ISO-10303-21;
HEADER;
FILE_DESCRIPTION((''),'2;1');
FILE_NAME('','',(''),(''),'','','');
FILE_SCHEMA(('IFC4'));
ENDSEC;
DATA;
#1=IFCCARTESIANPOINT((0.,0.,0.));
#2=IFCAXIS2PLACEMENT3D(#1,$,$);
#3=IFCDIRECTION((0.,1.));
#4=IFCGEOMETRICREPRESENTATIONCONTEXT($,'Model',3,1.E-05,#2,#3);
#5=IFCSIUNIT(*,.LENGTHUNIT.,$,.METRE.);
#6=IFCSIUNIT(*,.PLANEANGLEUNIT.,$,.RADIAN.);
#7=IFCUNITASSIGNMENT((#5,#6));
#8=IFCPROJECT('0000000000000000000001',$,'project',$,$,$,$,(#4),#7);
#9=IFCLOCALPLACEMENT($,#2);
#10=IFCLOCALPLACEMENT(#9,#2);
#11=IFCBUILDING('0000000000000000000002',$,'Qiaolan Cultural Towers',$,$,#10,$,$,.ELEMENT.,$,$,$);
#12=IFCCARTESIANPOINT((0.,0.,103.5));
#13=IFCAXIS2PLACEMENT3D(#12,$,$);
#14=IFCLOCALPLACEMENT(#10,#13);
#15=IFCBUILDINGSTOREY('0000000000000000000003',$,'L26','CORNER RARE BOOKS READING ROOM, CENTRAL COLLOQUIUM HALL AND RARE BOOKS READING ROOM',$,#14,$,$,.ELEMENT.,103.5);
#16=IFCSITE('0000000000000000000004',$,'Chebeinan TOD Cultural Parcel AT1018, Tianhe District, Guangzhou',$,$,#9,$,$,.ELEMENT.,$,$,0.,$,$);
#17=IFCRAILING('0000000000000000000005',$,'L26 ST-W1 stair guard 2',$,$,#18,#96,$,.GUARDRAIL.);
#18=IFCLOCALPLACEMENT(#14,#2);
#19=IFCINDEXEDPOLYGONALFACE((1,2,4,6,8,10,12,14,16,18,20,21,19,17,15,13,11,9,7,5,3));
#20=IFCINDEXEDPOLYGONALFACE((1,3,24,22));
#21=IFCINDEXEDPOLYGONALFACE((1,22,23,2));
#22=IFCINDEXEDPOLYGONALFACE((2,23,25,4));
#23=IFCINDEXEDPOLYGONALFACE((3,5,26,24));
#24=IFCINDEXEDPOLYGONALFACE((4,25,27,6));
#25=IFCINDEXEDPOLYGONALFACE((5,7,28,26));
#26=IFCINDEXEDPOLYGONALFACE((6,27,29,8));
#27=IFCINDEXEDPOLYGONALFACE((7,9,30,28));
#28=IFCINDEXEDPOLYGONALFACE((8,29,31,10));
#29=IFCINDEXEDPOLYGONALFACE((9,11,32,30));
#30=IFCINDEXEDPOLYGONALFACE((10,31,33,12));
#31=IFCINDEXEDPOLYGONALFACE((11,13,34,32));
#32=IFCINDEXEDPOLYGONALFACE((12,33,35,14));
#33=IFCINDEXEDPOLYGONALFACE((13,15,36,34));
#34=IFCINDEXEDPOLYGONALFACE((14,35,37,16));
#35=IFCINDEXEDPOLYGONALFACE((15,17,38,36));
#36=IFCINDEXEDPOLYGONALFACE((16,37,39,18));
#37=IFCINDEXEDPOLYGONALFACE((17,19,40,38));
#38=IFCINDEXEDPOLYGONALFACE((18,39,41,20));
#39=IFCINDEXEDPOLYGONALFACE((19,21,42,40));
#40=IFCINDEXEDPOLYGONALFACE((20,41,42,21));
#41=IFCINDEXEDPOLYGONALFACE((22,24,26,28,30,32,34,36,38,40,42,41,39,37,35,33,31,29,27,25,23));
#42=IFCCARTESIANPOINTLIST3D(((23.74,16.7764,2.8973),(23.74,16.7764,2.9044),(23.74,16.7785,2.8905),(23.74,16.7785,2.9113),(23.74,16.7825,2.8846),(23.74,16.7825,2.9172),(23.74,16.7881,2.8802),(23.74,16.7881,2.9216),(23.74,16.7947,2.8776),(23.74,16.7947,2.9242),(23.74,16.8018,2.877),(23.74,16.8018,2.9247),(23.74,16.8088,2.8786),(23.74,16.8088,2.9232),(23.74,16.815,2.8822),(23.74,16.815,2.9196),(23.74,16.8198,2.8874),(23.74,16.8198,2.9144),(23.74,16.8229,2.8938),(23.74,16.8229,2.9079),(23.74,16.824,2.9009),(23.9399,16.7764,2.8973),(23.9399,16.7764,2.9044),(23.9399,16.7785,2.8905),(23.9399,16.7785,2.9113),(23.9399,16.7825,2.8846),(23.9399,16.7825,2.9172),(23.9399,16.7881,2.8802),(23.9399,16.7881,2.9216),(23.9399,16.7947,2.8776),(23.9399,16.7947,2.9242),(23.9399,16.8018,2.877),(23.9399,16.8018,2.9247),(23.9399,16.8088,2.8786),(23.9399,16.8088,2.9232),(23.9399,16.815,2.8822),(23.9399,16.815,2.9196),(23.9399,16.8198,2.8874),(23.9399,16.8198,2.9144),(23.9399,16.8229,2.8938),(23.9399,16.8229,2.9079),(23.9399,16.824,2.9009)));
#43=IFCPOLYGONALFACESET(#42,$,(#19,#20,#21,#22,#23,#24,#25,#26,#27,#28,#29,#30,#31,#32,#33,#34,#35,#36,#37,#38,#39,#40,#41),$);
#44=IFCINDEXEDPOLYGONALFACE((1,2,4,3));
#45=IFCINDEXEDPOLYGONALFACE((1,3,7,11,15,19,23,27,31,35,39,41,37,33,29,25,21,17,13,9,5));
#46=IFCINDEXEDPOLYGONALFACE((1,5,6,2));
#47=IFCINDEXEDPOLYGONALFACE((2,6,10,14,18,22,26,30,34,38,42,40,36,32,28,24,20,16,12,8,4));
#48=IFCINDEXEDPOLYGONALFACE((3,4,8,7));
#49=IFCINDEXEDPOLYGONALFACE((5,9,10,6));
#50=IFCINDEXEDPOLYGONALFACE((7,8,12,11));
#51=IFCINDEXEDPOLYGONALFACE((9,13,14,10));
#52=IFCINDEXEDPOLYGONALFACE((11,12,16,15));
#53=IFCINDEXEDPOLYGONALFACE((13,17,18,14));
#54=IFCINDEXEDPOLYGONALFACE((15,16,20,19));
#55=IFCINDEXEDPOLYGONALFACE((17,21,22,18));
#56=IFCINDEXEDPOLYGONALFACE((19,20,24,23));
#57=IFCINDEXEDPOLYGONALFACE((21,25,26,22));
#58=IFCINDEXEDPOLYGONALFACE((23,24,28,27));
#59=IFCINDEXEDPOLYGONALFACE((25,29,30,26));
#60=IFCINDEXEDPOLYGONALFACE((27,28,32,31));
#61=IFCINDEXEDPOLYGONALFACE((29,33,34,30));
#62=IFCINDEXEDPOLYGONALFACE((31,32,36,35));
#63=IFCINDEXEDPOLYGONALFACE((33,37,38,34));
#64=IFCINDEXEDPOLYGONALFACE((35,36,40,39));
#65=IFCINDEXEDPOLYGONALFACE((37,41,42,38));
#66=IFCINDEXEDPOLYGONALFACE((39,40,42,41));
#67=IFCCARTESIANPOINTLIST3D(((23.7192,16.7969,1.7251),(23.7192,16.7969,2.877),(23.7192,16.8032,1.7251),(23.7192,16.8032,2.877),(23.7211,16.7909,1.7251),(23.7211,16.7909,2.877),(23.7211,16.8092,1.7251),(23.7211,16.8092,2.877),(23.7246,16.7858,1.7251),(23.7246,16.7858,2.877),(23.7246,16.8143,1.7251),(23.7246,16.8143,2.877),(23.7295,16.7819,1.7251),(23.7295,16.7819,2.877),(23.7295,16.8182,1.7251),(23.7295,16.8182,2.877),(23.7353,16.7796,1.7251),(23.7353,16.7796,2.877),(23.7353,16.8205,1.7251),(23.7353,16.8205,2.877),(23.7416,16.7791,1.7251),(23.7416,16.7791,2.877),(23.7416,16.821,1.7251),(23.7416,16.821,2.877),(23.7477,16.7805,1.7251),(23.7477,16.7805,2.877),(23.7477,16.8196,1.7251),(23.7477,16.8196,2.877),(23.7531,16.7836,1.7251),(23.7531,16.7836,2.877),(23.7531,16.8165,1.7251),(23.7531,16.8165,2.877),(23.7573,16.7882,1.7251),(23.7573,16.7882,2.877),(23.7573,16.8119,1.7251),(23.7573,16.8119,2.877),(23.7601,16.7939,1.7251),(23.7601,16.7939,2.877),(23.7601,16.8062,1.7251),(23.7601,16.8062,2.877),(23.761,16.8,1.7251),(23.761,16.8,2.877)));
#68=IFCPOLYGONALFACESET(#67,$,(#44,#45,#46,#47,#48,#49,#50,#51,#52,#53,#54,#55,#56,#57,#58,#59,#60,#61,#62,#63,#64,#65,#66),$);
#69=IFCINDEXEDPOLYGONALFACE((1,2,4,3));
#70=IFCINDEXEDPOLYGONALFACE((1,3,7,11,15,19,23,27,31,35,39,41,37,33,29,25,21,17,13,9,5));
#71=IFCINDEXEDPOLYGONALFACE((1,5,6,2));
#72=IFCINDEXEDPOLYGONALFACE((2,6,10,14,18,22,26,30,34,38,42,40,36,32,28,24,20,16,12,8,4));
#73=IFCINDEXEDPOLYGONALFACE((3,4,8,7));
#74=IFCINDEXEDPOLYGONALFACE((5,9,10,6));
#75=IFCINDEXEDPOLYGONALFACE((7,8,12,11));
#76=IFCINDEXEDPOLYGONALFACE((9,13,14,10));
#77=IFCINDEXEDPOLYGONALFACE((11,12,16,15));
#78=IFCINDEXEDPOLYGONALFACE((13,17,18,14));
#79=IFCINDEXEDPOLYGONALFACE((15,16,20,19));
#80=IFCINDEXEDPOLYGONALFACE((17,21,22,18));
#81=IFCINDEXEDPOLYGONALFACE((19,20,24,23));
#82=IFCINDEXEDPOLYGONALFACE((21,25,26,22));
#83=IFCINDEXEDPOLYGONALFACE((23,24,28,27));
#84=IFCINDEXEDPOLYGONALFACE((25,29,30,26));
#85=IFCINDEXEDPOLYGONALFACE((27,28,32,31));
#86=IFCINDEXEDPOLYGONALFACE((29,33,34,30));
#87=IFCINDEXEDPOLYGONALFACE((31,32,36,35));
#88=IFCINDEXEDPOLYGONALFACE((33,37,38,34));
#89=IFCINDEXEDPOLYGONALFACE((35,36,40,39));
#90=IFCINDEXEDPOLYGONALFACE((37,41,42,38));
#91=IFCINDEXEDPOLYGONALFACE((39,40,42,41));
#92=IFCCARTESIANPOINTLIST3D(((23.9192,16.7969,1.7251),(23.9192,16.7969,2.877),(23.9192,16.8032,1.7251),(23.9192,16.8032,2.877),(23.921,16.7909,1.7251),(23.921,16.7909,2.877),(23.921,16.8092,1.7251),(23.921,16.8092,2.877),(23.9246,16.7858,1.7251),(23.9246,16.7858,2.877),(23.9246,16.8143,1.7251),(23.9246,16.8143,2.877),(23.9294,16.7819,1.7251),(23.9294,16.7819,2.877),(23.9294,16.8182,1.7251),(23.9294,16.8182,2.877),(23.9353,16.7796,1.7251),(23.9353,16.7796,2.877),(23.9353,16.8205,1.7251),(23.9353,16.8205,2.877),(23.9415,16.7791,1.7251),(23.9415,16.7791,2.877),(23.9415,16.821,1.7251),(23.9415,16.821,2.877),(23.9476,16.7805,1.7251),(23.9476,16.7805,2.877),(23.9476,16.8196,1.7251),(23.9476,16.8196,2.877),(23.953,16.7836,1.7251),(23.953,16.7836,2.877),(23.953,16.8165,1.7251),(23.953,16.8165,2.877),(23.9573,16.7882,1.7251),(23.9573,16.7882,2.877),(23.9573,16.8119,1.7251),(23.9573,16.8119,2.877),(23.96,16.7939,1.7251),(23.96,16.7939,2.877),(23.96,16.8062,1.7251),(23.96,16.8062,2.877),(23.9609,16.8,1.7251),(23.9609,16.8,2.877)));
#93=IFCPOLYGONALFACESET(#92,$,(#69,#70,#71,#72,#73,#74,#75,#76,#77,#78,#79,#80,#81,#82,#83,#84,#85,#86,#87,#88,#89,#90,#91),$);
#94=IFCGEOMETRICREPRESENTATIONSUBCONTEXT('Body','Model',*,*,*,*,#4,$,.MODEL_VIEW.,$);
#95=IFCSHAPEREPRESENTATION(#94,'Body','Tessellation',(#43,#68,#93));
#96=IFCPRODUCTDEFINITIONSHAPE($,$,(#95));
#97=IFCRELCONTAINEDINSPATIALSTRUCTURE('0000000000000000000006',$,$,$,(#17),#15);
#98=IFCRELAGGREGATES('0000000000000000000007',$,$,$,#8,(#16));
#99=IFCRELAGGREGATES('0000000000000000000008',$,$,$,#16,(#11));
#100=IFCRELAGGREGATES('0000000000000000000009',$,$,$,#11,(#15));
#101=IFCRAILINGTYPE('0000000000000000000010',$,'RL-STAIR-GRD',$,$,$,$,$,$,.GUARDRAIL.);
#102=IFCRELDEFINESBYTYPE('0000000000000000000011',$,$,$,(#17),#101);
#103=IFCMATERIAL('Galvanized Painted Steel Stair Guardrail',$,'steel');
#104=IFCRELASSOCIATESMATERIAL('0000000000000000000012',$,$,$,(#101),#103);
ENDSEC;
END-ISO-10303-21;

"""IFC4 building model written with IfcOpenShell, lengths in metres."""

from ifc_helpers import new_model, si_unit, direction, frame, origin, origin_2d, place, context, subcontext, project, spatial, circle, extrude, material, type_object, element, save


model = new_model("IFC4")

# Units and contexts
model_context = context("Model", 3, precision=1e-05, world=origin(), true_north=direction((0.0, 1.0)))
body_context = subcontext(model_context, "Body", "Model", "MODEL_VIEW")
ifc_project = project(units=[si_unit("LENGTHUNIT", "METRE"), si_unit("PLANEANGLEUNIT", "RADIAN")], contexts=[model_context])

# Site, building, storey
site_placement = place(None, origin())
site = spatial("IfcSite", under=ifc_project, at=site_placement, Name="Chebeinan TOD Cultural Parcel AT1018, Tianhe District, Guangzhou", CompositionType="ELEMENT", RefElevation=0.0)
building_placement = place(site_placement, origin())
building = spatial("IfcBuilding", under=site, at=building_placement, Name="Qiaolan Cultural Towers", CompositionType="ELEMENT")
storey_placement = place(building_placement, frame((0.0, 0.0, 103.5)))
storey = spatial("IfcBuildingStorey", under=building, at=storey_placement, Name="L26", Description="CORNER RARE BOOKS READING ROOM, CENTRAL COLLOQUIUM HALL AND RARE BOOKS READING ROOM", CompositionType="ELEMENT", Elevation=103.5)

# Railing
ifc_material_1 = material(Name="Galvanized Painted Steel Stair Guardrail", Category="steel")
railing_type_1 = type_object("IfcRailingType", Name="RL-STAIR-GRD", PredefinedType="GUARDRAIL", material=ifc_material_1)
railing_1_placement = place(storey_placement, frame((23.74, 16.8, 1.7251)))
element("IfcRailing", 1, at=railing_1_placement, inside=storey, type_object=railing_type_1, Name="L26 ST-W1 stair guard 2", PredefinedType="GUARDRAIL", context=body_context, shape_type="SweptSolid", body=[
    extrude(circle(Radius=0.0239, at=origin_2d()), frame((0.0, 0.0, 1.1758), z_axis=(1.0, 0.0, 0.0), x_axis=(0.0, 1.0, 0.0)), (0.0, 0.0, 1.0), 0.2),
    extrude(circle(Radius=0.021, at=origin_2d()), origin(), (0.0, 0.0, 1.0), 1.1519),
    extrude(circle(Radius=0.021, at=origin_2d()), frame((0.2, 0.0, 0.0)), (0.0, 0.0, 1.0), 1.1519),
])

save(model, "model.ifc")
